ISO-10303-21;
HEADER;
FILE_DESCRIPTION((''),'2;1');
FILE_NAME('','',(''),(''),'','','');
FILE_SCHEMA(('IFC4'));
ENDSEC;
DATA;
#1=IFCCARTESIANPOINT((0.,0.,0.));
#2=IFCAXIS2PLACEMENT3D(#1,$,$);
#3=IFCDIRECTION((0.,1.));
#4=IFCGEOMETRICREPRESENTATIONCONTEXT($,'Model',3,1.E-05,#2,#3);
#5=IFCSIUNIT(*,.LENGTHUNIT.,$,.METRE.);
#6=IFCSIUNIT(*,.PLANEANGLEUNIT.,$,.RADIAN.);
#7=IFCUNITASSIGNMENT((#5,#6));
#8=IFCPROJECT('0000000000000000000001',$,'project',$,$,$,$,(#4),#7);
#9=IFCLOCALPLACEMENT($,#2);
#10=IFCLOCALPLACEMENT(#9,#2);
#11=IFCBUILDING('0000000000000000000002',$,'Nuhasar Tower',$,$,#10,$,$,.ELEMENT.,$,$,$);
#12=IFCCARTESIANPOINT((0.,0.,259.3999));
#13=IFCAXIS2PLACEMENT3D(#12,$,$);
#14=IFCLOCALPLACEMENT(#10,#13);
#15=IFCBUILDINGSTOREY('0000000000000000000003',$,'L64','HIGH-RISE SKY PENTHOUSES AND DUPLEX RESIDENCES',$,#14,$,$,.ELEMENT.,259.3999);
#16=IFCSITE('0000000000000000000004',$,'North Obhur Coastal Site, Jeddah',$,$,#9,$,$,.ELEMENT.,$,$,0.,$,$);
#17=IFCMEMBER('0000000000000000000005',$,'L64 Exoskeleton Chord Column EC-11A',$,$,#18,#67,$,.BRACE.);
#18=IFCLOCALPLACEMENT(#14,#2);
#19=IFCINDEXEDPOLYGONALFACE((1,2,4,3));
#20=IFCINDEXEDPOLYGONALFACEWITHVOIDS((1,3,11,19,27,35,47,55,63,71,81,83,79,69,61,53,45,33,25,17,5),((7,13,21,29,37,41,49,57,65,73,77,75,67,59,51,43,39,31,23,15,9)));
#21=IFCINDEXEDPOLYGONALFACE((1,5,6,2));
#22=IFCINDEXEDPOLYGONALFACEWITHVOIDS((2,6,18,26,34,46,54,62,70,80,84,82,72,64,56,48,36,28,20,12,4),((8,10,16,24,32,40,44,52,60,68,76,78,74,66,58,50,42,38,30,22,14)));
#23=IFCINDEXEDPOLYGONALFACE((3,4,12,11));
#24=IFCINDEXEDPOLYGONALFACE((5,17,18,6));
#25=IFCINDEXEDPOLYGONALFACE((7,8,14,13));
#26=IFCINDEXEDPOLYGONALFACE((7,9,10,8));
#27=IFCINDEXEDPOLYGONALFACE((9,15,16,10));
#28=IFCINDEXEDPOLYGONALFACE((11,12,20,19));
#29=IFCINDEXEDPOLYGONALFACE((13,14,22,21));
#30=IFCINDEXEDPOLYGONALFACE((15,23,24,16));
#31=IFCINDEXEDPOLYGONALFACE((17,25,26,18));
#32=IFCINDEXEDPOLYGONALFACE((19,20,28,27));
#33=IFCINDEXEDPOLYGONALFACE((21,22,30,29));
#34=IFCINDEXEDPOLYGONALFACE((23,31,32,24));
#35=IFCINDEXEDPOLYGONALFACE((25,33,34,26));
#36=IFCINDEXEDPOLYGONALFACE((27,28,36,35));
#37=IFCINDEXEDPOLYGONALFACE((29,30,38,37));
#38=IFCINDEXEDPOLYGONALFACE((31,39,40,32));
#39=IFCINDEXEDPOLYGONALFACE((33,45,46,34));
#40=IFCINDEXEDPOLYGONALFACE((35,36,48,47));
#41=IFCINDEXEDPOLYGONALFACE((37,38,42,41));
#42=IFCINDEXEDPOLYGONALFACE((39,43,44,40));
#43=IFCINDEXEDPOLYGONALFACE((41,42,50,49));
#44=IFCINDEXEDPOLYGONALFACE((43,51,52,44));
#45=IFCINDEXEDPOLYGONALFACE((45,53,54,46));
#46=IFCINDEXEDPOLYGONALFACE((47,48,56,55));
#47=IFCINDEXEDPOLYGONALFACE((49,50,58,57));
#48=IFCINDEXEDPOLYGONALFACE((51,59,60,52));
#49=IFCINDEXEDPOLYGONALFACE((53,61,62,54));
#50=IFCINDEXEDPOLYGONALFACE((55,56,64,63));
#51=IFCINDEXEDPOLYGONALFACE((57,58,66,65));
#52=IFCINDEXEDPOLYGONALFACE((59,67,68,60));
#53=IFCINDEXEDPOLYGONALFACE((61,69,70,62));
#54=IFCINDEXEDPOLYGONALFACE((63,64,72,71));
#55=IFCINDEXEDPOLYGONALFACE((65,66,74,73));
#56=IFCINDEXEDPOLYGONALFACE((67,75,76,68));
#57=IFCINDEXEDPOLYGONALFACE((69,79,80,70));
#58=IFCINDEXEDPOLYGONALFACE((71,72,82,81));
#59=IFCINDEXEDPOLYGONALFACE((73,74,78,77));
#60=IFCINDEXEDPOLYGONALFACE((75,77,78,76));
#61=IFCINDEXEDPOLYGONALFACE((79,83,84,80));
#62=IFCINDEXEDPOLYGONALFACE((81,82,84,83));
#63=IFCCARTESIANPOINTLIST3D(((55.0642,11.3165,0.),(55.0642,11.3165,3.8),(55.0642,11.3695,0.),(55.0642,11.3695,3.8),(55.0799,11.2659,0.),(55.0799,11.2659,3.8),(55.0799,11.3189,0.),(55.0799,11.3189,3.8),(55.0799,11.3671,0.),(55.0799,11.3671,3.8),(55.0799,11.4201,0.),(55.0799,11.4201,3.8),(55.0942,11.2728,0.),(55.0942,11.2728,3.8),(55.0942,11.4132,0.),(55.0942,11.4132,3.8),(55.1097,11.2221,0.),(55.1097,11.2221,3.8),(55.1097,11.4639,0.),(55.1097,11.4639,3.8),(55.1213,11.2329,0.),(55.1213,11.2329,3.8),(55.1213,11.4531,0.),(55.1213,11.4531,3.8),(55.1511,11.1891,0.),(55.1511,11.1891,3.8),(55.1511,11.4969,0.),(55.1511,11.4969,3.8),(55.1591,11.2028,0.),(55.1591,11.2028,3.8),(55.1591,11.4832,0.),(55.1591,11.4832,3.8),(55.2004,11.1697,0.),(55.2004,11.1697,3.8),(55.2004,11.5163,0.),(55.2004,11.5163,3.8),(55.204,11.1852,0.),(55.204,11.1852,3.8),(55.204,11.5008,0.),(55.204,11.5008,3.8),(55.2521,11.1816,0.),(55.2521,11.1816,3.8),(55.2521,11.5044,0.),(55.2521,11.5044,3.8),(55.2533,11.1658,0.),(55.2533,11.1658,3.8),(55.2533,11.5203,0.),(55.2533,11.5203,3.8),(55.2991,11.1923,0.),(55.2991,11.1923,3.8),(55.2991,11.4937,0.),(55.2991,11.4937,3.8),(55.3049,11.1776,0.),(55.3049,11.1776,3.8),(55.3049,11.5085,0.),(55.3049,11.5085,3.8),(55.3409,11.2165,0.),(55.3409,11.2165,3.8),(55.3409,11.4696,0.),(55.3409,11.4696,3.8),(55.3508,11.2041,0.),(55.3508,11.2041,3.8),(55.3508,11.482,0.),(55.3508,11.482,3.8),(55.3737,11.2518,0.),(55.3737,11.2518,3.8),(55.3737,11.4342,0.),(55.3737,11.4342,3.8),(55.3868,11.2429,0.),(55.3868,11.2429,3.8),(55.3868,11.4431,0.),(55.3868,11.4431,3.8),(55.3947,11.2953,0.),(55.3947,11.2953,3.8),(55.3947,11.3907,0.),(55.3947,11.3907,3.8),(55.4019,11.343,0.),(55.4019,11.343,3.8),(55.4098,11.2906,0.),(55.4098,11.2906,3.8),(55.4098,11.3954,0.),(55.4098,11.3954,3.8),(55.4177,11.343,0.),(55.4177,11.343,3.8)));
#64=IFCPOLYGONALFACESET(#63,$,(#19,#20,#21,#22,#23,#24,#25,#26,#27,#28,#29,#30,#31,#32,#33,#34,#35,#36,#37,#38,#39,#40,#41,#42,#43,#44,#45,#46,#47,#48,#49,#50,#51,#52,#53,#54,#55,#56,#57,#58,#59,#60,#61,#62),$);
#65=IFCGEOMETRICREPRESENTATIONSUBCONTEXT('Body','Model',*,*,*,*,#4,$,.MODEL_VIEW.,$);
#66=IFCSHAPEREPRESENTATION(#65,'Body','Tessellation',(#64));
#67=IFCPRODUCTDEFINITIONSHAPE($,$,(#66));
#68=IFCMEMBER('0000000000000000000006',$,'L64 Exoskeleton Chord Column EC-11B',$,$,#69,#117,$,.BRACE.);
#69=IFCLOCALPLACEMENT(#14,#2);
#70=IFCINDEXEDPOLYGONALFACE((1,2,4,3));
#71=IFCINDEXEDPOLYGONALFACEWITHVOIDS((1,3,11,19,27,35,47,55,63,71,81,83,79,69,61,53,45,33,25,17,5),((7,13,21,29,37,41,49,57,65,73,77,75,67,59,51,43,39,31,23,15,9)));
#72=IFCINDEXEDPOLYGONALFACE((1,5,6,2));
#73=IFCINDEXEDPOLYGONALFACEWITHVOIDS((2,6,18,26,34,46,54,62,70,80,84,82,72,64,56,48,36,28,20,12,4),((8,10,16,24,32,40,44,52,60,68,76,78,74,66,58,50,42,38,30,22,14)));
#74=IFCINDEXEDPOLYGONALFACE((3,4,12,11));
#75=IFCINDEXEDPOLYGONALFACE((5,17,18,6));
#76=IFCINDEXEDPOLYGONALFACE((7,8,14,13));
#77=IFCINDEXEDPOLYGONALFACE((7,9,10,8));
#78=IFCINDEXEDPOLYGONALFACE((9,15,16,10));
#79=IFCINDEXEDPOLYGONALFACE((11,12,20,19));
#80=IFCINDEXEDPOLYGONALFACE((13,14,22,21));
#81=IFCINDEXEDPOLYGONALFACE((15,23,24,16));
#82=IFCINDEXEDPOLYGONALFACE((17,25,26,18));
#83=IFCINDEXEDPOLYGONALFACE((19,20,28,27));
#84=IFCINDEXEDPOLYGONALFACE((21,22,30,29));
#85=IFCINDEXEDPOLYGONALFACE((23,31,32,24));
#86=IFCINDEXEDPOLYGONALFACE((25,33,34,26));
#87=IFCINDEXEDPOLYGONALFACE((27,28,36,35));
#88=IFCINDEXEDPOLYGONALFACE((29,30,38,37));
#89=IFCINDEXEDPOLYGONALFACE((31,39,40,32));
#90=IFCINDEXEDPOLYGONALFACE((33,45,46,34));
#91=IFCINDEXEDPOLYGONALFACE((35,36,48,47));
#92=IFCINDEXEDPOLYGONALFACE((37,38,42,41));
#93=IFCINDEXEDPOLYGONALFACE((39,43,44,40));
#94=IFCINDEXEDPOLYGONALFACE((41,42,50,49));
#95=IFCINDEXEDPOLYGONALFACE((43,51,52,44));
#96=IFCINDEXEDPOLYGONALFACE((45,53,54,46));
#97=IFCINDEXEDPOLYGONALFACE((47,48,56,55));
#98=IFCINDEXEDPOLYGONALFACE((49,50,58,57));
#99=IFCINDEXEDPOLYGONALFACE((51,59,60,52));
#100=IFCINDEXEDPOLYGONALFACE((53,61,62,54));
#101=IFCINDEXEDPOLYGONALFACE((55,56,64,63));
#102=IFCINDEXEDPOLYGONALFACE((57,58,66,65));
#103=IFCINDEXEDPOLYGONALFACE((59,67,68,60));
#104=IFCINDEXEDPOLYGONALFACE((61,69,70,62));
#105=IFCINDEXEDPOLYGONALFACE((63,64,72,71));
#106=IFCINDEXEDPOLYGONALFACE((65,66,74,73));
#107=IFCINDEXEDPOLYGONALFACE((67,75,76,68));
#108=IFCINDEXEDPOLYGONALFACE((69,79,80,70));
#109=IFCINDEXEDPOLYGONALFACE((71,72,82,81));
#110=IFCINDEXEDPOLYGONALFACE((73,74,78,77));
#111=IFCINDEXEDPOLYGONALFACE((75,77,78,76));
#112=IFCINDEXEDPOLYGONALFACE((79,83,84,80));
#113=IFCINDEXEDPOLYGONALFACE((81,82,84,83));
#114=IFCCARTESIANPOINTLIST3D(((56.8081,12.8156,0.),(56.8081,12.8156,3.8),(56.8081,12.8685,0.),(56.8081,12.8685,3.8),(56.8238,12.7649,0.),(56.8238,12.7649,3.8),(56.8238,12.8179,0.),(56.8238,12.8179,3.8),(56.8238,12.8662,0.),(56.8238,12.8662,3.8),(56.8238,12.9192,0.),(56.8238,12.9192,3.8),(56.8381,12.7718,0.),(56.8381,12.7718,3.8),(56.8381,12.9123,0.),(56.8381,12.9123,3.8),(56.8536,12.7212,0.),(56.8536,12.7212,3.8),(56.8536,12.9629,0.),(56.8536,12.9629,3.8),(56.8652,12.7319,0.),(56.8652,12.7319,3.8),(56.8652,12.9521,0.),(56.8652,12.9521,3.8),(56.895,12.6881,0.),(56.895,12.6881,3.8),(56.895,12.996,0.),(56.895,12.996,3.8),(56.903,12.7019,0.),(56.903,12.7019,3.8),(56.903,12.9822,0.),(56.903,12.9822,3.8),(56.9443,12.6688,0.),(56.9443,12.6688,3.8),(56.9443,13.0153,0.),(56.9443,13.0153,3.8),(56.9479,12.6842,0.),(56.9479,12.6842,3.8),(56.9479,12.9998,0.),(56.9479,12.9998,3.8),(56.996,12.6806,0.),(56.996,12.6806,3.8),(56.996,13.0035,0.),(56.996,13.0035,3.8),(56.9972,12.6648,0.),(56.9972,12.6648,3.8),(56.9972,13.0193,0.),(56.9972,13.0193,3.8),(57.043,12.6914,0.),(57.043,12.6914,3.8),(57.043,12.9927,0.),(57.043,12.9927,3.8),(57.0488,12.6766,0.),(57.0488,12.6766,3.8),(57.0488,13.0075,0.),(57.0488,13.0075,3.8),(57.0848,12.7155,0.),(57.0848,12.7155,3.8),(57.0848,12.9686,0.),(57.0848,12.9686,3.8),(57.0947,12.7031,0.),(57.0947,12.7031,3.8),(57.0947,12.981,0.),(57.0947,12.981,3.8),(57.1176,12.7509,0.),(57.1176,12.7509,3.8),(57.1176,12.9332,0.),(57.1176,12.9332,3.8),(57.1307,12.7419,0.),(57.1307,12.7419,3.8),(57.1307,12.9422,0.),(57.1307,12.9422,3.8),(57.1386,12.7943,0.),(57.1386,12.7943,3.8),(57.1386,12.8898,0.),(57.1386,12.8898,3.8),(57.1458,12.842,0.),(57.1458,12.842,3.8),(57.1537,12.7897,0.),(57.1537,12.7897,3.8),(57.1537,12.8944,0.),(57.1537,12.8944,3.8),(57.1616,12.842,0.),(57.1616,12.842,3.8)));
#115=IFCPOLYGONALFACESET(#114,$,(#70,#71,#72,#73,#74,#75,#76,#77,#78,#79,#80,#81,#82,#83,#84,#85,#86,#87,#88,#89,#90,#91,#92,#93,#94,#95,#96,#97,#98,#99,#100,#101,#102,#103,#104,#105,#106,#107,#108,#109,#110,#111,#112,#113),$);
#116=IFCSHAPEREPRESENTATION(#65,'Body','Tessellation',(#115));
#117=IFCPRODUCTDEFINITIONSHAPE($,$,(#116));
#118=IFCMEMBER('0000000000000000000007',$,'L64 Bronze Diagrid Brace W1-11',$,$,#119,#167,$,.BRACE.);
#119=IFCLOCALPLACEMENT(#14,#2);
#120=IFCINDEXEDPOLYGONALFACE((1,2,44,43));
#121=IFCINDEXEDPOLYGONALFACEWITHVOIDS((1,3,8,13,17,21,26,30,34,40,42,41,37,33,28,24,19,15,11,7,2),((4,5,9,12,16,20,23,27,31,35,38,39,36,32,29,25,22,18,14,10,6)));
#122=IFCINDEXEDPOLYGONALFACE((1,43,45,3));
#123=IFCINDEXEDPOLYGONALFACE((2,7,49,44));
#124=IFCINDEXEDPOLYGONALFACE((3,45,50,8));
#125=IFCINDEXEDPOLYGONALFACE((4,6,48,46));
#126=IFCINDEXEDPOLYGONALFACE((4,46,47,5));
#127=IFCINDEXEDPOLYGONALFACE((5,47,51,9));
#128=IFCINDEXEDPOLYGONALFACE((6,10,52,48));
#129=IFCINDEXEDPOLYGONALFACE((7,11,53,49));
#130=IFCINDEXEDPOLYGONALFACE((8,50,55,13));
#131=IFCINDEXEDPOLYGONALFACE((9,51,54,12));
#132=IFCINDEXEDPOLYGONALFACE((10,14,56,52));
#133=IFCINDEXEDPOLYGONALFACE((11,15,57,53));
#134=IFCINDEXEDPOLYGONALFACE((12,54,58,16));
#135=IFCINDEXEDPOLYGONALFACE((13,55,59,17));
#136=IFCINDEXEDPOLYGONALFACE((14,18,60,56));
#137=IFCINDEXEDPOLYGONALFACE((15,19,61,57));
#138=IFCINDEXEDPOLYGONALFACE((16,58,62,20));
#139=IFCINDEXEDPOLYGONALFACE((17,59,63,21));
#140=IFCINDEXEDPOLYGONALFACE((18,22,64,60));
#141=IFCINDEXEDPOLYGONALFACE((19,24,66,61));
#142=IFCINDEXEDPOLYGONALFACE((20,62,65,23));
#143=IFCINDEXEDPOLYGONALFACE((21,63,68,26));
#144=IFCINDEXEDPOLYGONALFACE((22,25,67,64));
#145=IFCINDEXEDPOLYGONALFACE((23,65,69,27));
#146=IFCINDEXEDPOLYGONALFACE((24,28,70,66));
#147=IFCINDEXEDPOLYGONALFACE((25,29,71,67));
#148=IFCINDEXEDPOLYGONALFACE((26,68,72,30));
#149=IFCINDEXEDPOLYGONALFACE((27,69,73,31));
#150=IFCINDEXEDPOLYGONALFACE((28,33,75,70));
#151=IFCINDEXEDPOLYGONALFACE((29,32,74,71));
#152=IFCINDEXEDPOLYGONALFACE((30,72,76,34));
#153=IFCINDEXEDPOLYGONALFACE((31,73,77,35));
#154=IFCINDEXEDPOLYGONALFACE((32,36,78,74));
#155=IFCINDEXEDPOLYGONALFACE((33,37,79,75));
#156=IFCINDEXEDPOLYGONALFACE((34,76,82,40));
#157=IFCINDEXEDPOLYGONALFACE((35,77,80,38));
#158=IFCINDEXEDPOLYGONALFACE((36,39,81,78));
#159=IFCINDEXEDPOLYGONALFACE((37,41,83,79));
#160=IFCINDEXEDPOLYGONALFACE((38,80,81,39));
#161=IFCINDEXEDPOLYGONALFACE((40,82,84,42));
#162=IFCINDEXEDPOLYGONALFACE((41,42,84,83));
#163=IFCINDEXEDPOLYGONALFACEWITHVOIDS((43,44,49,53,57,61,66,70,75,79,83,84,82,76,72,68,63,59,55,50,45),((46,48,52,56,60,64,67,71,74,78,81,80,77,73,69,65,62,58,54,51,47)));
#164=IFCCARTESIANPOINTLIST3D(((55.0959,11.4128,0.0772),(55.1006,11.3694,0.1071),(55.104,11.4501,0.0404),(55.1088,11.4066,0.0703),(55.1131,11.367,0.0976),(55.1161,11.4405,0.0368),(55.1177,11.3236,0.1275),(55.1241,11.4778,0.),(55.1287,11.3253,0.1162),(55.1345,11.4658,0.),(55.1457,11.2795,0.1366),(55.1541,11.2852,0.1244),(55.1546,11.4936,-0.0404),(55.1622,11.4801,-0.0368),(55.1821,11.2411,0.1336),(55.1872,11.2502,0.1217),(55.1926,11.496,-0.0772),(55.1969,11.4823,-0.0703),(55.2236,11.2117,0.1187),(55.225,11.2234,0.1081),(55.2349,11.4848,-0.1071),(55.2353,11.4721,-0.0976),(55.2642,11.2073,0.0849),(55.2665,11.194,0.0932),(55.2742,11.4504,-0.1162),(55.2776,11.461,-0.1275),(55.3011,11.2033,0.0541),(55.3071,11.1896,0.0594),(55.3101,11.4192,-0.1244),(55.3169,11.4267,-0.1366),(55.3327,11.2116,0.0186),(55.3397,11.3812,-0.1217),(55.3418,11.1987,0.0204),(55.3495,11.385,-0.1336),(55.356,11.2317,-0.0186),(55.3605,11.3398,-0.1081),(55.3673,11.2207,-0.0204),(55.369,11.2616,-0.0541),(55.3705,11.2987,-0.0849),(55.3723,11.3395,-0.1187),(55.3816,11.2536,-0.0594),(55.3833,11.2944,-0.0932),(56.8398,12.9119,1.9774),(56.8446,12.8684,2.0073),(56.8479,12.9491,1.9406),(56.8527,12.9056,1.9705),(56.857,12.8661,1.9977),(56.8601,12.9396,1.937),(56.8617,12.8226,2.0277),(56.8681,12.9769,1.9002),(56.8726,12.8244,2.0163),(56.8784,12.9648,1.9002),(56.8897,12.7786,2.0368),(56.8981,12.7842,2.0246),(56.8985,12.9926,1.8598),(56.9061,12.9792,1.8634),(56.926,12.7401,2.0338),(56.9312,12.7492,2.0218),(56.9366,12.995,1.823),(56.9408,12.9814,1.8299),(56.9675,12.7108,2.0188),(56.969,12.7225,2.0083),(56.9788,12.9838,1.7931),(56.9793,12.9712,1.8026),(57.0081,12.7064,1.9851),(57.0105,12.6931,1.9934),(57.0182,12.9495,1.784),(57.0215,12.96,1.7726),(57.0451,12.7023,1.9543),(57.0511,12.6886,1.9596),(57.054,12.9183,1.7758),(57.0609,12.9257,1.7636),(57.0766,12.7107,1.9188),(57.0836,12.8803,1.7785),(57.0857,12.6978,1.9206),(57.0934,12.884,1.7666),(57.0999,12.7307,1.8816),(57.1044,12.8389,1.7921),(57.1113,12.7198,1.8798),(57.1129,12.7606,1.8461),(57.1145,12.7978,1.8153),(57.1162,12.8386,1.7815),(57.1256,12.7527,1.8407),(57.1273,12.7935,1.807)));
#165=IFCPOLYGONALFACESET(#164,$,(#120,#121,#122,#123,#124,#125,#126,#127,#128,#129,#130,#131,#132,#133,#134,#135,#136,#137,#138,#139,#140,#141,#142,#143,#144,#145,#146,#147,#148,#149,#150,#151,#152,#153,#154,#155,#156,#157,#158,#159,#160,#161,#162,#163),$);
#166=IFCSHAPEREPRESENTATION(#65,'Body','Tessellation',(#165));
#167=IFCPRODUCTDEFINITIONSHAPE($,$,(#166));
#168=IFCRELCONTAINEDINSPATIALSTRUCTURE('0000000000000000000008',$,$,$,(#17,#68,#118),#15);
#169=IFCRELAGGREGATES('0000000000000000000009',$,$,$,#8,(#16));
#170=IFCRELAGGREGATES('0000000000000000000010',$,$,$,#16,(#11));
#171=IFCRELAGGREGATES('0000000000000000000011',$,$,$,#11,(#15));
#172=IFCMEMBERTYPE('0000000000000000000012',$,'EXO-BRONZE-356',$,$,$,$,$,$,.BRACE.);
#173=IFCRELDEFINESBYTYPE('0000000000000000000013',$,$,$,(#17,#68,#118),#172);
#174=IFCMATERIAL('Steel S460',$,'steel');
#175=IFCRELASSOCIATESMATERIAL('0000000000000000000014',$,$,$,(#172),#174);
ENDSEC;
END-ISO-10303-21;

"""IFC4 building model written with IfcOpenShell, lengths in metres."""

from ifc_helpers import new_model, si_unit, direction, frame, origin, origin_2d, place, context, subcontext, project, spatial, hollow_circle, extrude, material, material_profile, profile_set, type_object, element, save


model = new_model("IFC4")

# Units and contexts
model_context = context("Model", 3, precision=1e-05, world=origin(), true_north=direction((0.0, 1.0)))
body_context = subcontext(model_context, "Body", "Model", "MODEL_VIEW")
ifc_project = project(units=[si_unit("LENGTHUNIT", "METRE"), si_unit("PLANEANGLEUNIT", "RADIAN")], contexts=[model_context])

# Site, building, storey
site_placement = place(None, origin())
site = spatial("IfcSite", under=ifc_project, at=site_placement, Name="North Obhur Coastal Site, Jeddah", CompositionType="ELEMENT", RefElevation=0.0)
building_placement = place(site_placement, origin())
building = spatial("IfcBuilding", under=site, at=building_placement, Name="Nuhasar Tower", CompositionType="ELEMENT")
storey_placement = place(building_placement, frame((0.0, 0.0, 259.3999)))
storey = spatial("IfcBuildingStorey", under=building, at=storey_placement, Name="L64", Description="HIGH-RISE SKY PENTHOUSES AND DUPLEX RESIDENCES", CompositionType="ELEMENT", Elevation=259.3999)

# Members
ifc_material_1 = material(Name="Steel S460", Category="steel")
ifc_material_profile_1 = material_profile(ifc_material_1, hollow_circle(Radius=0.1777, WallThickness=0.0159, at=origin_2d()), Name="HSS355.6X15.9")
ifc_profile_set_1 = profile_set([ifc_material_profile_1], Name="Steel S460")
member_type_1 = type_object("IfcMemberType", Name="EXO-BRONZE-356", PredefinedType="BRACE", material=ifc_profile_set_1)
for number, where, z_axis, x_axis, name in (
    (1, (55.24, 11.343, 0.0), (0.0, 0.0, 1.0), (1.0, 0.0, 0.0), "L64 Exoskeleton Chord Column EC-11A"),
    (2, (56.9839, 12.842, 0.0), (0.0, 0.0, 1.0), (1.0, 0.0, 0.0), "L64 Exoskeleton Chord Column EC-11B"),
):
    element("IfcMember", number, at=place(storey_placement, frame(where, z_axis=z_axis, x_axis=x_axis)), inside=storey, type_object=member_type_1, Name=name, PredefinedType="BRACE", context=body_context, shape_type="SweptSolid", body=[
        extrude(hollow_circle(Radius=0.1777, WallThickness=0.0159, at=origin_2d()), origin(), (0.0, 0.0, 1.0), 3.8),
    ])
member_1_placement = place(storey_placement, frame((55.24, 11.343, 0.0), z_axis=(0.584595, 0.502508, 0.636973), x_axis=(-0.651857, 0.758342, 0.0)))
element("IfcMember", 3, at=member_1_placement, inside=storey, type_object=member_type_1, Name="L64 Bronze Diagrid Brace W1-11", PredefinedType="BRACE", context=body_context, shape_type="SweptSolid", body=[
    extrude(hollow_circle(Radius=0.1777, WallThickness=0.0159, at=origin_2d()), origin(), (0.0, 0.0, 1.0), 2.9832),
])

save(model, "model.ifc")
